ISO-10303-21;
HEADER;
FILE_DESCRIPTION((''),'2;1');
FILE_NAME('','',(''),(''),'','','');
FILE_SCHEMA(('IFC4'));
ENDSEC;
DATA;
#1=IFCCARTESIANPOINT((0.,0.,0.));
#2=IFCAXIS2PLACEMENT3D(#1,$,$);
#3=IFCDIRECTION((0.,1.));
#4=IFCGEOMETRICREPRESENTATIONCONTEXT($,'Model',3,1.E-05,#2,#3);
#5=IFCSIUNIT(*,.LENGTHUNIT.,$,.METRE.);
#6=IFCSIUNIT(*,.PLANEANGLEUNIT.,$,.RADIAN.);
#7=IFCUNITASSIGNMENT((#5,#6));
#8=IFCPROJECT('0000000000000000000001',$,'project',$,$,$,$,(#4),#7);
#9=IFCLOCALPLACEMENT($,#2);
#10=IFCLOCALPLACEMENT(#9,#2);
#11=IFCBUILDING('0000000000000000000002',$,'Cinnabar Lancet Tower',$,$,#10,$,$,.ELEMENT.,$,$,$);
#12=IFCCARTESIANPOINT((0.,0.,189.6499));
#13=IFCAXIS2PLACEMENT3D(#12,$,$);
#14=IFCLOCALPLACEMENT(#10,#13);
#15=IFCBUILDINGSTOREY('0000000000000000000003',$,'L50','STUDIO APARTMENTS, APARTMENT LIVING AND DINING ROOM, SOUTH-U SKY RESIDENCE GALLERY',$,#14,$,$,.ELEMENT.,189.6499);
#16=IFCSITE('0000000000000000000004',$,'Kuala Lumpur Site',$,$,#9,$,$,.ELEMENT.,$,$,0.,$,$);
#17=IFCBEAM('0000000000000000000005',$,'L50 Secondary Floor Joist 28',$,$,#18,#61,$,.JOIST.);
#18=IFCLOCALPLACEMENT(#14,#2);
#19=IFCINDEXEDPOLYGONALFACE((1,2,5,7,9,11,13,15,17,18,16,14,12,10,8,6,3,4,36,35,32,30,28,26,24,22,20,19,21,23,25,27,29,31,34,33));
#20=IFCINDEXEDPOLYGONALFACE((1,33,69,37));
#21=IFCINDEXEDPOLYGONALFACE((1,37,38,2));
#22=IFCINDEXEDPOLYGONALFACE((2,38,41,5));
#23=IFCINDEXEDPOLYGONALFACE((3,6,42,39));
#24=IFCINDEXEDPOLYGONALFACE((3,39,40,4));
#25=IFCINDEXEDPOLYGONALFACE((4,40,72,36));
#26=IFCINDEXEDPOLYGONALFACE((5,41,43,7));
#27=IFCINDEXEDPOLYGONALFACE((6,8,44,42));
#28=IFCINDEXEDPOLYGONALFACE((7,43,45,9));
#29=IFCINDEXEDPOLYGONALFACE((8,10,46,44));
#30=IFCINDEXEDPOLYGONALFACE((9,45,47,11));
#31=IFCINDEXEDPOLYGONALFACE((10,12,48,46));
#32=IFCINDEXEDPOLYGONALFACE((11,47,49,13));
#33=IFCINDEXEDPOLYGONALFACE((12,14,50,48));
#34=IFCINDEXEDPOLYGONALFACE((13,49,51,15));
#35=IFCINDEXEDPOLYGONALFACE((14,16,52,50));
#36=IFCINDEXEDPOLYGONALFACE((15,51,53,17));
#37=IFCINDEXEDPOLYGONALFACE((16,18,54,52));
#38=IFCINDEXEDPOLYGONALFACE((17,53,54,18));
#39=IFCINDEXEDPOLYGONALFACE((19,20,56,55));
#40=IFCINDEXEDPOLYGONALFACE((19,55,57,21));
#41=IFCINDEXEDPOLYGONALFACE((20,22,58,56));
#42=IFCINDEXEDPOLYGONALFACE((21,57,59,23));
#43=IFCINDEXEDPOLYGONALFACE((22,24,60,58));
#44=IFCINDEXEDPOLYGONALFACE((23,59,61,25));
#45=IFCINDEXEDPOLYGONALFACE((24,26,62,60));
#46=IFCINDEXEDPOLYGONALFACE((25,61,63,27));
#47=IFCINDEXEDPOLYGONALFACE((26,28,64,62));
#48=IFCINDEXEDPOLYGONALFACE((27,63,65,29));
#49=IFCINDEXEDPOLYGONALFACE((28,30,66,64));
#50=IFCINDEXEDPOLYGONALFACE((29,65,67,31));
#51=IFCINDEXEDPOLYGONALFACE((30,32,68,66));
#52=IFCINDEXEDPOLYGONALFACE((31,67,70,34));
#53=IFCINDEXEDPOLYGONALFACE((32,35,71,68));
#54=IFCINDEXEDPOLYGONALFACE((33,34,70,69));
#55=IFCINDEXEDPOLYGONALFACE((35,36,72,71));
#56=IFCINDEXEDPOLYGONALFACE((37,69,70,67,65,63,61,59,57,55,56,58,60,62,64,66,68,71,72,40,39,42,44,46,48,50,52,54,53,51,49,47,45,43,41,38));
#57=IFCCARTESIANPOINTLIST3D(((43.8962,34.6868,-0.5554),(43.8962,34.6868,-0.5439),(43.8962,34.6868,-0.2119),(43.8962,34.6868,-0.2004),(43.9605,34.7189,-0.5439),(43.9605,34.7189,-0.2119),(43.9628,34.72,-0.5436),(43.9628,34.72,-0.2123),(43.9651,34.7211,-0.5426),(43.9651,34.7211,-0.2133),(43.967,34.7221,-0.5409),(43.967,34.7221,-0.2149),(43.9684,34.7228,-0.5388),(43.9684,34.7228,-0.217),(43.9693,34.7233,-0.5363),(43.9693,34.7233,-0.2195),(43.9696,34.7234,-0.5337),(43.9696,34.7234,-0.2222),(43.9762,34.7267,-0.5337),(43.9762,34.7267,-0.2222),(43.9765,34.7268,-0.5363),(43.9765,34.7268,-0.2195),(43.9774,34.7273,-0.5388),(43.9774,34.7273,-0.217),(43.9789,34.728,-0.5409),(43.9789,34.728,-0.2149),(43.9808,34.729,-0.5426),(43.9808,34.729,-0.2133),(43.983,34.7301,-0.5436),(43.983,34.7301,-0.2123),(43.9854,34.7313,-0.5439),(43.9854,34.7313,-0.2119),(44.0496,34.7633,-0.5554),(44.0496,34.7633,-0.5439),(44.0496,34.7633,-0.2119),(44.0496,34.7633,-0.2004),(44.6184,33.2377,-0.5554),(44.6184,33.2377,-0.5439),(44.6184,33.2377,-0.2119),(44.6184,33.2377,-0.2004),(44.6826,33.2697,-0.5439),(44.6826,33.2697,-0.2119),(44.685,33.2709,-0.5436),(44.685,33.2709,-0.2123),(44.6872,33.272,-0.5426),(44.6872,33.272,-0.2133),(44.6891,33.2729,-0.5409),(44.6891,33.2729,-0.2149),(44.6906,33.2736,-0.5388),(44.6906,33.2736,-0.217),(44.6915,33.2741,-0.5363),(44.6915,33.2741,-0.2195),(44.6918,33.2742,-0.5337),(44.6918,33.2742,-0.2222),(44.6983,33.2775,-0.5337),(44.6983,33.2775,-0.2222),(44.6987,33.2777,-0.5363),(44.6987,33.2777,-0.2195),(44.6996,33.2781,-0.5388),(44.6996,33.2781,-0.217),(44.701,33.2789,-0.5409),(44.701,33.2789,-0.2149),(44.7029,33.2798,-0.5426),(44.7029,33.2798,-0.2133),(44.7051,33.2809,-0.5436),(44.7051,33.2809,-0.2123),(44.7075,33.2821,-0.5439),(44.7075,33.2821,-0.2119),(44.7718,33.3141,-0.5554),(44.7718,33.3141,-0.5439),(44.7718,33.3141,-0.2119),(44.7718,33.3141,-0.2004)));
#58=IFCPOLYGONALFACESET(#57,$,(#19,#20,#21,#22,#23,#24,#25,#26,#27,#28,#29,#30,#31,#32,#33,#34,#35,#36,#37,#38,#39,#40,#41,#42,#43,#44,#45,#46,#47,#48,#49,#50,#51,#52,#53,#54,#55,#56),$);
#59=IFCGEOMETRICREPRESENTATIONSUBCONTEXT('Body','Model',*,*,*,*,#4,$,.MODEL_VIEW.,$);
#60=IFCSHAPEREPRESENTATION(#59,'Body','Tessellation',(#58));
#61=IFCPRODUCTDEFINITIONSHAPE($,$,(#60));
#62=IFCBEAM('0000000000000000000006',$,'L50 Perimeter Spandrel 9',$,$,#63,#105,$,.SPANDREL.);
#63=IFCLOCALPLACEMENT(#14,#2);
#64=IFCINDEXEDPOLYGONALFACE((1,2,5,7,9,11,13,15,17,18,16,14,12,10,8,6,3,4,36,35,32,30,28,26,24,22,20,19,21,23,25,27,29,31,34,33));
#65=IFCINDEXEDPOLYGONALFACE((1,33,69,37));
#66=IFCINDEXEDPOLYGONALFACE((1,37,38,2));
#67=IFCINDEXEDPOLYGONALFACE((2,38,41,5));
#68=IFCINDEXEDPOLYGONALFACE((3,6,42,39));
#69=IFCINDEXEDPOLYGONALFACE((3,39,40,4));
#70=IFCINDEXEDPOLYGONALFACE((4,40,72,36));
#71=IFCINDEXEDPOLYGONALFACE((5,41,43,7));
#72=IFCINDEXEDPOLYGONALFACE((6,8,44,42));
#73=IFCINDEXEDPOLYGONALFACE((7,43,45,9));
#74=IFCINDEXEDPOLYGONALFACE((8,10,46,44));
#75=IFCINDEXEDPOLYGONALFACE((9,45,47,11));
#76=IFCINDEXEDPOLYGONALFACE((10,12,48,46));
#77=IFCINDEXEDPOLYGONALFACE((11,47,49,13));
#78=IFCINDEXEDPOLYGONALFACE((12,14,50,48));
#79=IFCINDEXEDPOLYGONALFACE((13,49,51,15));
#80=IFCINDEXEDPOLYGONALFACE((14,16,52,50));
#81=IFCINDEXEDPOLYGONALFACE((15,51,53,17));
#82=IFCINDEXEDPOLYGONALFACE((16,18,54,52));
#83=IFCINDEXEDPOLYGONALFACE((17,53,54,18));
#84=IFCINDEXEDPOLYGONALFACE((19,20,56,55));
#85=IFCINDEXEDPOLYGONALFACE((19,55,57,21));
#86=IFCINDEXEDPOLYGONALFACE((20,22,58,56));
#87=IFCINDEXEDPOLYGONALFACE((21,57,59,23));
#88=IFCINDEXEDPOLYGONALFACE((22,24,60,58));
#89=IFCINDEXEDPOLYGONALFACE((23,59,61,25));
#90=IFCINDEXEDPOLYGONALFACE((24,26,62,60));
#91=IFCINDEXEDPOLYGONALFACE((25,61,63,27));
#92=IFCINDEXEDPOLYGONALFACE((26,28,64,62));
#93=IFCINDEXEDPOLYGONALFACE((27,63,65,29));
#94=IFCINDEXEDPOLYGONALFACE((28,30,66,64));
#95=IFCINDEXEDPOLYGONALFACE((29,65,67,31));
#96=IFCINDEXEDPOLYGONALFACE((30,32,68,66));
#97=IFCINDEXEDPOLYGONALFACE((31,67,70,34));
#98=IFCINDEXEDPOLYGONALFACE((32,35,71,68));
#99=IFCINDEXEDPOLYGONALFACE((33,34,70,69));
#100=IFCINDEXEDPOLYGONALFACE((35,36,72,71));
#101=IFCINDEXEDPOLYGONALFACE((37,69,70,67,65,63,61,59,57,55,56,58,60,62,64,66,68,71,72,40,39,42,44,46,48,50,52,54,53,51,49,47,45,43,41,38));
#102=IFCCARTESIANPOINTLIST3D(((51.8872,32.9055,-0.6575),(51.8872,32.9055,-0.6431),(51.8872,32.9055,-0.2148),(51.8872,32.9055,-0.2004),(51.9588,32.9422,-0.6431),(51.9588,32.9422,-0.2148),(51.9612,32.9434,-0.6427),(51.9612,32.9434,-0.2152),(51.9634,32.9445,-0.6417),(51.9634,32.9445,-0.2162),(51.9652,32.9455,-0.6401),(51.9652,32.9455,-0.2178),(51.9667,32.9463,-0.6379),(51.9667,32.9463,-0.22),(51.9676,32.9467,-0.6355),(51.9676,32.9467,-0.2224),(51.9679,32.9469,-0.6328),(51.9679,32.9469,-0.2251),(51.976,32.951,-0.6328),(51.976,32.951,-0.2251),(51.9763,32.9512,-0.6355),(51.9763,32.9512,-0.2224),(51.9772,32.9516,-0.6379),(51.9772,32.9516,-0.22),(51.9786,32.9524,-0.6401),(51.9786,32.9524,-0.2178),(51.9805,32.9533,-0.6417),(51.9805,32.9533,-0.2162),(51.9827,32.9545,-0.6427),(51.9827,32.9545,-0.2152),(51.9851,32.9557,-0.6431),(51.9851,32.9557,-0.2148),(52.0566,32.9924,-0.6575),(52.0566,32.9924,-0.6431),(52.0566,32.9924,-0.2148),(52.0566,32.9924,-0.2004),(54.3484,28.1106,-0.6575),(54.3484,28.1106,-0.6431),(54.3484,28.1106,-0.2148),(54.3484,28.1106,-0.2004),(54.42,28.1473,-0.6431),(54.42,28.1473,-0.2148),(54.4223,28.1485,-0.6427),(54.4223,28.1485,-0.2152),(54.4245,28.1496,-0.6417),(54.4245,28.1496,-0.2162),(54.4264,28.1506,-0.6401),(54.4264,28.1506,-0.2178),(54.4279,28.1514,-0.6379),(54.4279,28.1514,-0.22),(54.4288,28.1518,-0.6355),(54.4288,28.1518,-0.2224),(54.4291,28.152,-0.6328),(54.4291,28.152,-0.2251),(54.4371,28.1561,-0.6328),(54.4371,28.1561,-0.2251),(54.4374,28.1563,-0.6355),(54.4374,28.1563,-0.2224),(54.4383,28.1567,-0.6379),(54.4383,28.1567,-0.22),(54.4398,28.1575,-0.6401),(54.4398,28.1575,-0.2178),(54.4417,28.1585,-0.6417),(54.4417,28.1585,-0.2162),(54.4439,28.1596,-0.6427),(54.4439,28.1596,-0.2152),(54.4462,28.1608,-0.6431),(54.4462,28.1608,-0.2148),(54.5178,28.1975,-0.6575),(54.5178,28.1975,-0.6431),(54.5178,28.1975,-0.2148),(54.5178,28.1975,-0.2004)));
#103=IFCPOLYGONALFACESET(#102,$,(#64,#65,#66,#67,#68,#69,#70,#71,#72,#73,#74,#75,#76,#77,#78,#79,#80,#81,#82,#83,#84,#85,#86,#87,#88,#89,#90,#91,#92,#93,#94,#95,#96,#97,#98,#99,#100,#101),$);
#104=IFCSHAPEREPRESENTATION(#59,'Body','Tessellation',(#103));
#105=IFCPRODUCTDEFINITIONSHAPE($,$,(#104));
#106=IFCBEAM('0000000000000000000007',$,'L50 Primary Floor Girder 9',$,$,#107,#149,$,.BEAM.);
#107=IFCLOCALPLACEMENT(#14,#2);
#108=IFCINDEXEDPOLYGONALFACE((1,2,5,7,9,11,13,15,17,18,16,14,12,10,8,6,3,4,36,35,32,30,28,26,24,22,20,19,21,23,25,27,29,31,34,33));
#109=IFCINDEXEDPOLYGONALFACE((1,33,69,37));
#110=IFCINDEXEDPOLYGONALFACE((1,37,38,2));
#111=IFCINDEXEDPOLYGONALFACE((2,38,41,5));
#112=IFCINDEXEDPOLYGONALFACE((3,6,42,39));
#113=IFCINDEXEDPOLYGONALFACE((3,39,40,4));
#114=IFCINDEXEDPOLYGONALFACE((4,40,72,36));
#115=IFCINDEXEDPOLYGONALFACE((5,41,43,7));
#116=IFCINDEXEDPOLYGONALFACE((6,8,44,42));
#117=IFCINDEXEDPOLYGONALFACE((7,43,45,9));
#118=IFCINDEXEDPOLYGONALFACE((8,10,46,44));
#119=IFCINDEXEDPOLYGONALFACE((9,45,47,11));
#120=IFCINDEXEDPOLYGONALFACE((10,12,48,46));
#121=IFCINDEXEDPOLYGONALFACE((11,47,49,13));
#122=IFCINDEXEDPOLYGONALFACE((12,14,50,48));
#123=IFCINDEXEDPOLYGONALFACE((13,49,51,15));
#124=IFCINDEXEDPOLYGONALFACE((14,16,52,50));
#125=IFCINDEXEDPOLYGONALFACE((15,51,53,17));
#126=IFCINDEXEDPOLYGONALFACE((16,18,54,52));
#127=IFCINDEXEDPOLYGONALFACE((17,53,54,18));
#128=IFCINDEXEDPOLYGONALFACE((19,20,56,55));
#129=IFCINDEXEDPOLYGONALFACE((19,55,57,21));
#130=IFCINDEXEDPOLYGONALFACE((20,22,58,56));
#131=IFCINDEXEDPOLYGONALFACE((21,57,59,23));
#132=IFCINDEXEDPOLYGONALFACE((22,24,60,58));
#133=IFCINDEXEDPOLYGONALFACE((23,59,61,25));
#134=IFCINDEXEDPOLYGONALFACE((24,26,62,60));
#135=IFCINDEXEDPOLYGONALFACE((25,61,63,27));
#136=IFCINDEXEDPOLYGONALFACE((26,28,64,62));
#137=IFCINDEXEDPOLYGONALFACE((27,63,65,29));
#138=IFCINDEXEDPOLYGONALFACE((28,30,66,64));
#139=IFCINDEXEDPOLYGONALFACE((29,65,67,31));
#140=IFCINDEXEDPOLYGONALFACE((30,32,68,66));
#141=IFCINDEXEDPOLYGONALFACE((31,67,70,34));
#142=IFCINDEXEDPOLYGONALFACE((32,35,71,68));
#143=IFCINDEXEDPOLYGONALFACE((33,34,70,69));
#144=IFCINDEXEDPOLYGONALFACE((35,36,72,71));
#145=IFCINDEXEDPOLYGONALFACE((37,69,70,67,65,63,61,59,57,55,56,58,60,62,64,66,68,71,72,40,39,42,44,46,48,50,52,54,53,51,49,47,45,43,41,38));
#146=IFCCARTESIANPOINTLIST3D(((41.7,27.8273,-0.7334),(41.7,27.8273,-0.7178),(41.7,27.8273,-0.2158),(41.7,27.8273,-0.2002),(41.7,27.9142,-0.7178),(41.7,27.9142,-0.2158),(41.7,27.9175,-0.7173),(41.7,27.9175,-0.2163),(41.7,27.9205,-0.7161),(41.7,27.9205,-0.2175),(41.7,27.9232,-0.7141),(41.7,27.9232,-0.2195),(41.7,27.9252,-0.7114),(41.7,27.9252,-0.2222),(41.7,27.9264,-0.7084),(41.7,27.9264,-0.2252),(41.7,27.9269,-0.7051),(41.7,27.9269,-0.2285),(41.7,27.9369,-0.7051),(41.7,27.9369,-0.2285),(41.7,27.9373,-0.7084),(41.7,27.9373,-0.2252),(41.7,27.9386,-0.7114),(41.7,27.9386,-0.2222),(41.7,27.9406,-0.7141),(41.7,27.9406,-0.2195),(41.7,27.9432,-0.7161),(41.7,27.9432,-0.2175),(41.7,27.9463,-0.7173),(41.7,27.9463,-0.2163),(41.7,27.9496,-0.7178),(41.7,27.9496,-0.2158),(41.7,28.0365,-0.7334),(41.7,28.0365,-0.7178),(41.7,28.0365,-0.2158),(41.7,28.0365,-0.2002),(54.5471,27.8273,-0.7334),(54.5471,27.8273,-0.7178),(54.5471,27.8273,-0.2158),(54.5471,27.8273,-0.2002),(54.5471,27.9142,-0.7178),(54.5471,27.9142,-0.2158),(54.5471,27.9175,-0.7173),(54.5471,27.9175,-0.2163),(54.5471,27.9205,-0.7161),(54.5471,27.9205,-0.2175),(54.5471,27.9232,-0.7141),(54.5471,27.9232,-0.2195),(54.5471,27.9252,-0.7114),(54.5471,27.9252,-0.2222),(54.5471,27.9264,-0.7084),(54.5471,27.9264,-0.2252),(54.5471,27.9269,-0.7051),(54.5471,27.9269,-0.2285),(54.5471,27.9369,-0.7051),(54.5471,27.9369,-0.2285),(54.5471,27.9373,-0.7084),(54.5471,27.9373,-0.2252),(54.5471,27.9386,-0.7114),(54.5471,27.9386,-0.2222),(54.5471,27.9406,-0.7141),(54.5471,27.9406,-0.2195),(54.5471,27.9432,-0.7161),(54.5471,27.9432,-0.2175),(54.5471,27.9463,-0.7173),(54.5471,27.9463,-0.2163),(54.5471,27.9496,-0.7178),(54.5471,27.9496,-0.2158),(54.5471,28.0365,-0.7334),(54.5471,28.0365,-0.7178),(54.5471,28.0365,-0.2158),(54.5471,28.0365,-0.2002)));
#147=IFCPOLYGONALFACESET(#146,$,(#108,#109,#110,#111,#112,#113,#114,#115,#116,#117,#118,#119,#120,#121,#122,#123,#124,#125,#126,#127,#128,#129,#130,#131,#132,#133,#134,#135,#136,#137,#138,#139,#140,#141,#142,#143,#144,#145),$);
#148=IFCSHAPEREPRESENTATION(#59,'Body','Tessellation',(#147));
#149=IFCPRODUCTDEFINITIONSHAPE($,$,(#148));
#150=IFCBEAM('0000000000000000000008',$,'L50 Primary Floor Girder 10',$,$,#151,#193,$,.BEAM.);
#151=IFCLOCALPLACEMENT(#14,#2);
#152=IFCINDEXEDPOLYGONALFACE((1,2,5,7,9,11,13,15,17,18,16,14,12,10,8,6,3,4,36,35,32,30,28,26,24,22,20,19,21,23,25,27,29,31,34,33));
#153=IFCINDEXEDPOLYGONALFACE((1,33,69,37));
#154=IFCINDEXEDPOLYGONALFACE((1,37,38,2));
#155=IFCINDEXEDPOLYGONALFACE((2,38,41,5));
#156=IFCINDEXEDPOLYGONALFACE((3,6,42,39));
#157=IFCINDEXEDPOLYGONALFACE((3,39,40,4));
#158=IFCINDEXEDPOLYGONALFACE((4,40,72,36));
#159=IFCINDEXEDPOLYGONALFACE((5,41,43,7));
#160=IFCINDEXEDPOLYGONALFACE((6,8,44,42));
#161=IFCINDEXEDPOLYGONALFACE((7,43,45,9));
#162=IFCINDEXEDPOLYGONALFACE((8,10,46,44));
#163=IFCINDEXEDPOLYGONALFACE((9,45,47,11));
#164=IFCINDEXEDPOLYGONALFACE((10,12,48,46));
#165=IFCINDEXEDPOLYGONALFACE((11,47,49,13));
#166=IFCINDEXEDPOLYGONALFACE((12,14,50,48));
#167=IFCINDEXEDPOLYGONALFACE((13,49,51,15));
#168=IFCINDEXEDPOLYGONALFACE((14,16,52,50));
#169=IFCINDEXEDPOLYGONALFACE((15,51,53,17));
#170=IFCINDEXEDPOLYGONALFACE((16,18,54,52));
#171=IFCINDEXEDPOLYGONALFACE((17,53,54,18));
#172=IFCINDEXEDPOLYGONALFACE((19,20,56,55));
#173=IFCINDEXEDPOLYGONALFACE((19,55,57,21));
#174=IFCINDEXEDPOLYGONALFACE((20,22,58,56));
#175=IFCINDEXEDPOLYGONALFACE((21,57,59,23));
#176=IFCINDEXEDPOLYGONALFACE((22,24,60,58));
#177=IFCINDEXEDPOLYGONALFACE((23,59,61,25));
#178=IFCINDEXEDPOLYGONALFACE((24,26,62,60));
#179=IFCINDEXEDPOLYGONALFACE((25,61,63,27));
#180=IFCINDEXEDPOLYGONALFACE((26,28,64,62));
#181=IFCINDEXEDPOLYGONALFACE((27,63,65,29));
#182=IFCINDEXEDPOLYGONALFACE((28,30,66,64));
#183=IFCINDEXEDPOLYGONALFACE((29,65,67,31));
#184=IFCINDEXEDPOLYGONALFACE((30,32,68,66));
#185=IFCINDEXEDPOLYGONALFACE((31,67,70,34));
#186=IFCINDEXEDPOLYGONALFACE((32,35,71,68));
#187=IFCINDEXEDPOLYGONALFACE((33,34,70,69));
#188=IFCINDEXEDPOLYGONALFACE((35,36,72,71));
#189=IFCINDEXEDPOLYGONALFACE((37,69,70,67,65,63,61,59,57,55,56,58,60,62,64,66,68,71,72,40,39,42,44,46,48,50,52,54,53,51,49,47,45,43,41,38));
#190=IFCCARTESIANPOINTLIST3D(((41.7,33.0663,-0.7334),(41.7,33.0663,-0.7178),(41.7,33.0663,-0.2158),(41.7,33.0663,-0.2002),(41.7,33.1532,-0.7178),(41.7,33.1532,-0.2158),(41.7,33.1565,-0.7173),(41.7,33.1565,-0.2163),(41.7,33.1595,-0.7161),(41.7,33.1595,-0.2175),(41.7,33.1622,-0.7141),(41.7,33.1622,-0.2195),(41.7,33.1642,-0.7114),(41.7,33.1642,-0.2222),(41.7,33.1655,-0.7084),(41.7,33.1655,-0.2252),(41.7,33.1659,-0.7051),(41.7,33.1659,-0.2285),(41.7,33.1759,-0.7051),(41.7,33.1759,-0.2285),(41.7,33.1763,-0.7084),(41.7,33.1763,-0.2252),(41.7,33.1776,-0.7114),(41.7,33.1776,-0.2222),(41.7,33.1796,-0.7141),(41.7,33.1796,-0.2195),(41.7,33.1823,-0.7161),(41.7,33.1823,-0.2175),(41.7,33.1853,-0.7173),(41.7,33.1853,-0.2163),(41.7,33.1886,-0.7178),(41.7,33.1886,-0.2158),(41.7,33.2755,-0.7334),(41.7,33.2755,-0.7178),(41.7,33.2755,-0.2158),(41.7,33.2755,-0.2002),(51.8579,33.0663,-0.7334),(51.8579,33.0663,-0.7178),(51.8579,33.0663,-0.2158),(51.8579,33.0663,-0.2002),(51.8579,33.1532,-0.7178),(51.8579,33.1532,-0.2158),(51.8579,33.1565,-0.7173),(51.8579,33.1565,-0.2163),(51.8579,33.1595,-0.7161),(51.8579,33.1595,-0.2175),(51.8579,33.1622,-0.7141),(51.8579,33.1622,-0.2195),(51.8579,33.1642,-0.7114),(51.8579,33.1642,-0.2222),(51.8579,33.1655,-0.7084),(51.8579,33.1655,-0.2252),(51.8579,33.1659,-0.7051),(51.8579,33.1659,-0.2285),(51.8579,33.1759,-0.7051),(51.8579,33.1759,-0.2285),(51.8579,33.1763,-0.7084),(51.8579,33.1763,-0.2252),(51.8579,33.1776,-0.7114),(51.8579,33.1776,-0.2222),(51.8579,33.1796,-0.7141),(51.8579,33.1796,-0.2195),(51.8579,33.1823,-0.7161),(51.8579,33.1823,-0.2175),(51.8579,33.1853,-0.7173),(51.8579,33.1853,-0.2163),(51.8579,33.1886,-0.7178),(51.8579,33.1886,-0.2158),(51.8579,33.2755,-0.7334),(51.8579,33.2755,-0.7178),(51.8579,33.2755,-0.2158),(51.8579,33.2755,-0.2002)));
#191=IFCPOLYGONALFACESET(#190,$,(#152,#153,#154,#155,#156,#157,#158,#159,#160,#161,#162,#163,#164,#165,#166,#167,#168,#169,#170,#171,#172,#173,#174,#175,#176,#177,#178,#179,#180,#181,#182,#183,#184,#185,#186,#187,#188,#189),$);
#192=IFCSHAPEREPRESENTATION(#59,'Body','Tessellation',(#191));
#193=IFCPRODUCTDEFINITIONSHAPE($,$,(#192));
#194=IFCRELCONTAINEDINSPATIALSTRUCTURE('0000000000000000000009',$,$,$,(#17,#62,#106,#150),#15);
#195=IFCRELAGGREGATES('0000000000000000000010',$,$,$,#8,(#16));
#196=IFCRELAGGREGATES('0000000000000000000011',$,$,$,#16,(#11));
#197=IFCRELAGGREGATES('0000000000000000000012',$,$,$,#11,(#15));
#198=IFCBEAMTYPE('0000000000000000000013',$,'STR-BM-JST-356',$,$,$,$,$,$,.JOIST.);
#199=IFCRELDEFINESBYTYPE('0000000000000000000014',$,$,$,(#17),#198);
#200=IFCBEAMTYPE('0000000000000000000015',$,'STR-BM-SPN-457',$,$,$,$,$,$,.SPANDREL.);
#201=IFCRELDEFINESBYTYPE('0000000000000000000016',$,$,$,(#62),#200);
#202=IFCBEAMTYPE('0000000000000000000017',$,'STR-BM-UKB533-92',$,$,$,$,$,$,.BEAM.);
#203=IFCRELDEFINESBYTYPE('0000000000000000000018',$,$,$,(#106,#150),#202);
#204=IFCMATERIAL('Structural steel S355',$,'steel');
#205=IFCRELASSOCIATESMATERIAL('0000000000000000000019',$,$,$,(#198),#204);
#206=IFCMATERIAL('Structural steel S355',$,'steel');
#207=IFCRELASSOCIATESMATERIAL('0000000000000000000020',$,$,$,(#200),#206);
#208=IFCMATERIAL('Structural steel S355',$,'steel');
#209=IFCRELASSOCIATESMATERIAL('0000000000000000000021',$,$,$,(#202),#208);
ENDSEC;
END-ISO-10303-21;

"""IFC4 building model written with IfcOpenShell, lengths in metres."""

from ifc_helpers import new_model, si_unit, direction, frame, origin, origin_2d, place, context, subcontext, project, spatial, i_section, extrude, material, material_profile, profile_set, type_object, element, save


model = new_model("IFC4")

# Units and contexts
model_context = context("Model", 3, precision=1e-05, world=origin(), true_north=direction((0.0, 1.0)))
body_context = subcontext(model_context, "Body", "Model", "MODEL_VIEW")
ifc_project = project(units=[si_unit("LENGTHUNIT", "METRE"), si_unit("PLANEANGLEUNIT", "RADIAN")], contexts=[model_context])

# Site, building, storey
site_placement = place(None, origin())
site = spatial("IfcSite", under=ifc_project, at=site_placement, Name="Kuala Lumpur Site", CompositionType="ELEMENT", RefElevation=0.0)
building_placement = place(site_placement, origin())
building = spatial("IfcBuilding", under=site, at=building_placement, Name="Cinnabar Lancet Tower", CompositionType="ELEMENT")
storey_placement = place(building_placement, frame((0.0, 0.0, 189.6499)))
storey = spatial("IfcBuildingStorey", under=building, at=storey_placement, Name="L50", Description="STUDIO APARTMENTS, APARTMENT LIVING AND DINING ROOM, SOUTH-U SKY RESIDENCE GALLERY", CompositionType="ELEMENT", Elevation=189.6499)

# Beams
ifc_material_1 = material(Name="Structural steel S355", Category="steel")
ifc_material_profile_1 = material_profile(ifc_material_1, i_section(OverallWidth=0.1714, OverallDepth=0.355, WebThickness=0.0073, FlangeThickness=0.0115, FilletRadius=0.0103, at=origin_2d()), Name="UKB 356x171x51")
ifc_profile_set_1 = profile_set([ifc_material_profile_1], Name="Structural steel S355")
beam_type_1 = type_object("IfcBeamType", Name="STR-BM-JST-356", PredefinedType="JOIST", material=ifc_profile_set_1)
beam_1_placement = place(storey_placement, frame((44.6951, 33.2759, -0.3779), z_axis=(-0.446007, 0.895029, 0.0), x_axis=(-0.895029, -0.446007, 0.0)))
element("IfcBeam", 1, at=beam_1_placement, inside=storey, type_object=beam_type_1, Name="L50 Secondary Floor Joist 28", PredefinedType="JOIST", context=body_context, shape_type="SweptSolid", body=[
    extrude(i_section(OverallWidth=0.1714, OverallDepth=0.355, WebThickness=0.0073, FlangeThickness=0.0115, FilletRadius=0.0103, at=origin_2d()), origin(), (0.0, 0.0, 1.0), 1.6191),
])
ifc_material_2 = material(Name="Structural steel S355", Category="steel")
ifc_material_profile_2 = material_profile(ifc_material_2, i_section(OverallWidth=0.1904, OverallDepth=0.457, WebThickness=0.009, FlangeThickness=0.0144, FilletRadius=0.0103, at=origin_2d()), Name="UKB 457x191x74")
ifc_profile_set_2 = profile_set([ifc_material_profile_2], Name="Structural steel S355")
beam_type_2 = type_object("IfcBeamType", Name="STR-BM-SPN-457", PredefinedType="SPANDREL", material=ifc_profile_set_2)
beam_2_placement = place(storey_placement, frame((54.4331, 28.1541, -0.429), z_axis=(-0.456647, 0.889648, 0.0), x_axis=(-0.889648, -0.456647, 0.0)))
element("IfcBeam", 2, at=beam_2_placement, inside=storey, type_object=beam_type_2, Name="L50 Perimeter Spandrel 9", PredefinedType="SPANDREL", context=body_context, shape_type="SweptSolid", body=[
    extrude(i_section(OverallWidth=0.1904, OverallDepth=0.457, WebThickness=0.009, FlangeThickness=0.0144, FilletRadius=0.0103, at=origin_2d()), origin(), (0.0, 0.0, 1.0), 5.3896),
])
ifc_material_3 = material(Name="Structural steel S355", Category="steel")
ifc_material_profile_3 = material_profile(ifc_material_3, i_section(OverallWidth=0.2092, OverallDepth=0.5332, WebThickness=0.01, FlangeThickness=0.0156, FilletRadius=0.0127, at=origin_2d()), Name="UKB 533x210x92")
ifc_profile_set_3 = profile_set([ifc_material_profile_3], Name="Structural steel S355")
beam_type_3 = type_object("IfcBeamType", Name="STR-BM-UKB533-92", PredefinedType="BEAM", material=ifc_profile_set_3)
beam_3_placement = place(storey_placement, frame((54.5471, 27.9319, -0.4668), z_axis=(-1.0, 0.0, 0.0), x_axis=(0.0, -1.0, 0.0)))
element("IfcBeam", 3, at=beam_3_placement, inside=storey, type_object=beam_type_3, Name="L50 Primary Floor Girder 9", PredefinedType="BEAM", context=body_context, shape_type="SweptSolid", body=[
    extrude(i_section(OverallWidth=0.2092, OverallDepth=0.5332, WebThickness=0.01, FlangeThickness=0.0156, FilletRadius=0.0127, at=origin_2d()), origin(), (0.0, 0.0, 1.0), 12.8472),
])
beam_4_placement = place(storey_placement, frame((51.8579, 33.1709, -0.4668), z_axis=(-1.0, 0.0, 0.0), x_axis=(0.0, -1.0, 0.0)))
element("IfcBeam", 4, at=beam_4_placement, inside=storey, type_object=beam_type_3, Name="L50 Primary Floor Girder 10", PredefinedType="BEAM", context=body_context, shape_type="SweptSolid", body=[
    extrude(i_section(OverallWidth=0.2092, OverallDepth=0.5332, WebThickness=0.01, FlangeThickness=0.0156, FilletRadius=0.0127, at=origin_2d()), origin(), (0.0, 0.0, 1.0), 10.158),
])

save(model, "model.ifc")
